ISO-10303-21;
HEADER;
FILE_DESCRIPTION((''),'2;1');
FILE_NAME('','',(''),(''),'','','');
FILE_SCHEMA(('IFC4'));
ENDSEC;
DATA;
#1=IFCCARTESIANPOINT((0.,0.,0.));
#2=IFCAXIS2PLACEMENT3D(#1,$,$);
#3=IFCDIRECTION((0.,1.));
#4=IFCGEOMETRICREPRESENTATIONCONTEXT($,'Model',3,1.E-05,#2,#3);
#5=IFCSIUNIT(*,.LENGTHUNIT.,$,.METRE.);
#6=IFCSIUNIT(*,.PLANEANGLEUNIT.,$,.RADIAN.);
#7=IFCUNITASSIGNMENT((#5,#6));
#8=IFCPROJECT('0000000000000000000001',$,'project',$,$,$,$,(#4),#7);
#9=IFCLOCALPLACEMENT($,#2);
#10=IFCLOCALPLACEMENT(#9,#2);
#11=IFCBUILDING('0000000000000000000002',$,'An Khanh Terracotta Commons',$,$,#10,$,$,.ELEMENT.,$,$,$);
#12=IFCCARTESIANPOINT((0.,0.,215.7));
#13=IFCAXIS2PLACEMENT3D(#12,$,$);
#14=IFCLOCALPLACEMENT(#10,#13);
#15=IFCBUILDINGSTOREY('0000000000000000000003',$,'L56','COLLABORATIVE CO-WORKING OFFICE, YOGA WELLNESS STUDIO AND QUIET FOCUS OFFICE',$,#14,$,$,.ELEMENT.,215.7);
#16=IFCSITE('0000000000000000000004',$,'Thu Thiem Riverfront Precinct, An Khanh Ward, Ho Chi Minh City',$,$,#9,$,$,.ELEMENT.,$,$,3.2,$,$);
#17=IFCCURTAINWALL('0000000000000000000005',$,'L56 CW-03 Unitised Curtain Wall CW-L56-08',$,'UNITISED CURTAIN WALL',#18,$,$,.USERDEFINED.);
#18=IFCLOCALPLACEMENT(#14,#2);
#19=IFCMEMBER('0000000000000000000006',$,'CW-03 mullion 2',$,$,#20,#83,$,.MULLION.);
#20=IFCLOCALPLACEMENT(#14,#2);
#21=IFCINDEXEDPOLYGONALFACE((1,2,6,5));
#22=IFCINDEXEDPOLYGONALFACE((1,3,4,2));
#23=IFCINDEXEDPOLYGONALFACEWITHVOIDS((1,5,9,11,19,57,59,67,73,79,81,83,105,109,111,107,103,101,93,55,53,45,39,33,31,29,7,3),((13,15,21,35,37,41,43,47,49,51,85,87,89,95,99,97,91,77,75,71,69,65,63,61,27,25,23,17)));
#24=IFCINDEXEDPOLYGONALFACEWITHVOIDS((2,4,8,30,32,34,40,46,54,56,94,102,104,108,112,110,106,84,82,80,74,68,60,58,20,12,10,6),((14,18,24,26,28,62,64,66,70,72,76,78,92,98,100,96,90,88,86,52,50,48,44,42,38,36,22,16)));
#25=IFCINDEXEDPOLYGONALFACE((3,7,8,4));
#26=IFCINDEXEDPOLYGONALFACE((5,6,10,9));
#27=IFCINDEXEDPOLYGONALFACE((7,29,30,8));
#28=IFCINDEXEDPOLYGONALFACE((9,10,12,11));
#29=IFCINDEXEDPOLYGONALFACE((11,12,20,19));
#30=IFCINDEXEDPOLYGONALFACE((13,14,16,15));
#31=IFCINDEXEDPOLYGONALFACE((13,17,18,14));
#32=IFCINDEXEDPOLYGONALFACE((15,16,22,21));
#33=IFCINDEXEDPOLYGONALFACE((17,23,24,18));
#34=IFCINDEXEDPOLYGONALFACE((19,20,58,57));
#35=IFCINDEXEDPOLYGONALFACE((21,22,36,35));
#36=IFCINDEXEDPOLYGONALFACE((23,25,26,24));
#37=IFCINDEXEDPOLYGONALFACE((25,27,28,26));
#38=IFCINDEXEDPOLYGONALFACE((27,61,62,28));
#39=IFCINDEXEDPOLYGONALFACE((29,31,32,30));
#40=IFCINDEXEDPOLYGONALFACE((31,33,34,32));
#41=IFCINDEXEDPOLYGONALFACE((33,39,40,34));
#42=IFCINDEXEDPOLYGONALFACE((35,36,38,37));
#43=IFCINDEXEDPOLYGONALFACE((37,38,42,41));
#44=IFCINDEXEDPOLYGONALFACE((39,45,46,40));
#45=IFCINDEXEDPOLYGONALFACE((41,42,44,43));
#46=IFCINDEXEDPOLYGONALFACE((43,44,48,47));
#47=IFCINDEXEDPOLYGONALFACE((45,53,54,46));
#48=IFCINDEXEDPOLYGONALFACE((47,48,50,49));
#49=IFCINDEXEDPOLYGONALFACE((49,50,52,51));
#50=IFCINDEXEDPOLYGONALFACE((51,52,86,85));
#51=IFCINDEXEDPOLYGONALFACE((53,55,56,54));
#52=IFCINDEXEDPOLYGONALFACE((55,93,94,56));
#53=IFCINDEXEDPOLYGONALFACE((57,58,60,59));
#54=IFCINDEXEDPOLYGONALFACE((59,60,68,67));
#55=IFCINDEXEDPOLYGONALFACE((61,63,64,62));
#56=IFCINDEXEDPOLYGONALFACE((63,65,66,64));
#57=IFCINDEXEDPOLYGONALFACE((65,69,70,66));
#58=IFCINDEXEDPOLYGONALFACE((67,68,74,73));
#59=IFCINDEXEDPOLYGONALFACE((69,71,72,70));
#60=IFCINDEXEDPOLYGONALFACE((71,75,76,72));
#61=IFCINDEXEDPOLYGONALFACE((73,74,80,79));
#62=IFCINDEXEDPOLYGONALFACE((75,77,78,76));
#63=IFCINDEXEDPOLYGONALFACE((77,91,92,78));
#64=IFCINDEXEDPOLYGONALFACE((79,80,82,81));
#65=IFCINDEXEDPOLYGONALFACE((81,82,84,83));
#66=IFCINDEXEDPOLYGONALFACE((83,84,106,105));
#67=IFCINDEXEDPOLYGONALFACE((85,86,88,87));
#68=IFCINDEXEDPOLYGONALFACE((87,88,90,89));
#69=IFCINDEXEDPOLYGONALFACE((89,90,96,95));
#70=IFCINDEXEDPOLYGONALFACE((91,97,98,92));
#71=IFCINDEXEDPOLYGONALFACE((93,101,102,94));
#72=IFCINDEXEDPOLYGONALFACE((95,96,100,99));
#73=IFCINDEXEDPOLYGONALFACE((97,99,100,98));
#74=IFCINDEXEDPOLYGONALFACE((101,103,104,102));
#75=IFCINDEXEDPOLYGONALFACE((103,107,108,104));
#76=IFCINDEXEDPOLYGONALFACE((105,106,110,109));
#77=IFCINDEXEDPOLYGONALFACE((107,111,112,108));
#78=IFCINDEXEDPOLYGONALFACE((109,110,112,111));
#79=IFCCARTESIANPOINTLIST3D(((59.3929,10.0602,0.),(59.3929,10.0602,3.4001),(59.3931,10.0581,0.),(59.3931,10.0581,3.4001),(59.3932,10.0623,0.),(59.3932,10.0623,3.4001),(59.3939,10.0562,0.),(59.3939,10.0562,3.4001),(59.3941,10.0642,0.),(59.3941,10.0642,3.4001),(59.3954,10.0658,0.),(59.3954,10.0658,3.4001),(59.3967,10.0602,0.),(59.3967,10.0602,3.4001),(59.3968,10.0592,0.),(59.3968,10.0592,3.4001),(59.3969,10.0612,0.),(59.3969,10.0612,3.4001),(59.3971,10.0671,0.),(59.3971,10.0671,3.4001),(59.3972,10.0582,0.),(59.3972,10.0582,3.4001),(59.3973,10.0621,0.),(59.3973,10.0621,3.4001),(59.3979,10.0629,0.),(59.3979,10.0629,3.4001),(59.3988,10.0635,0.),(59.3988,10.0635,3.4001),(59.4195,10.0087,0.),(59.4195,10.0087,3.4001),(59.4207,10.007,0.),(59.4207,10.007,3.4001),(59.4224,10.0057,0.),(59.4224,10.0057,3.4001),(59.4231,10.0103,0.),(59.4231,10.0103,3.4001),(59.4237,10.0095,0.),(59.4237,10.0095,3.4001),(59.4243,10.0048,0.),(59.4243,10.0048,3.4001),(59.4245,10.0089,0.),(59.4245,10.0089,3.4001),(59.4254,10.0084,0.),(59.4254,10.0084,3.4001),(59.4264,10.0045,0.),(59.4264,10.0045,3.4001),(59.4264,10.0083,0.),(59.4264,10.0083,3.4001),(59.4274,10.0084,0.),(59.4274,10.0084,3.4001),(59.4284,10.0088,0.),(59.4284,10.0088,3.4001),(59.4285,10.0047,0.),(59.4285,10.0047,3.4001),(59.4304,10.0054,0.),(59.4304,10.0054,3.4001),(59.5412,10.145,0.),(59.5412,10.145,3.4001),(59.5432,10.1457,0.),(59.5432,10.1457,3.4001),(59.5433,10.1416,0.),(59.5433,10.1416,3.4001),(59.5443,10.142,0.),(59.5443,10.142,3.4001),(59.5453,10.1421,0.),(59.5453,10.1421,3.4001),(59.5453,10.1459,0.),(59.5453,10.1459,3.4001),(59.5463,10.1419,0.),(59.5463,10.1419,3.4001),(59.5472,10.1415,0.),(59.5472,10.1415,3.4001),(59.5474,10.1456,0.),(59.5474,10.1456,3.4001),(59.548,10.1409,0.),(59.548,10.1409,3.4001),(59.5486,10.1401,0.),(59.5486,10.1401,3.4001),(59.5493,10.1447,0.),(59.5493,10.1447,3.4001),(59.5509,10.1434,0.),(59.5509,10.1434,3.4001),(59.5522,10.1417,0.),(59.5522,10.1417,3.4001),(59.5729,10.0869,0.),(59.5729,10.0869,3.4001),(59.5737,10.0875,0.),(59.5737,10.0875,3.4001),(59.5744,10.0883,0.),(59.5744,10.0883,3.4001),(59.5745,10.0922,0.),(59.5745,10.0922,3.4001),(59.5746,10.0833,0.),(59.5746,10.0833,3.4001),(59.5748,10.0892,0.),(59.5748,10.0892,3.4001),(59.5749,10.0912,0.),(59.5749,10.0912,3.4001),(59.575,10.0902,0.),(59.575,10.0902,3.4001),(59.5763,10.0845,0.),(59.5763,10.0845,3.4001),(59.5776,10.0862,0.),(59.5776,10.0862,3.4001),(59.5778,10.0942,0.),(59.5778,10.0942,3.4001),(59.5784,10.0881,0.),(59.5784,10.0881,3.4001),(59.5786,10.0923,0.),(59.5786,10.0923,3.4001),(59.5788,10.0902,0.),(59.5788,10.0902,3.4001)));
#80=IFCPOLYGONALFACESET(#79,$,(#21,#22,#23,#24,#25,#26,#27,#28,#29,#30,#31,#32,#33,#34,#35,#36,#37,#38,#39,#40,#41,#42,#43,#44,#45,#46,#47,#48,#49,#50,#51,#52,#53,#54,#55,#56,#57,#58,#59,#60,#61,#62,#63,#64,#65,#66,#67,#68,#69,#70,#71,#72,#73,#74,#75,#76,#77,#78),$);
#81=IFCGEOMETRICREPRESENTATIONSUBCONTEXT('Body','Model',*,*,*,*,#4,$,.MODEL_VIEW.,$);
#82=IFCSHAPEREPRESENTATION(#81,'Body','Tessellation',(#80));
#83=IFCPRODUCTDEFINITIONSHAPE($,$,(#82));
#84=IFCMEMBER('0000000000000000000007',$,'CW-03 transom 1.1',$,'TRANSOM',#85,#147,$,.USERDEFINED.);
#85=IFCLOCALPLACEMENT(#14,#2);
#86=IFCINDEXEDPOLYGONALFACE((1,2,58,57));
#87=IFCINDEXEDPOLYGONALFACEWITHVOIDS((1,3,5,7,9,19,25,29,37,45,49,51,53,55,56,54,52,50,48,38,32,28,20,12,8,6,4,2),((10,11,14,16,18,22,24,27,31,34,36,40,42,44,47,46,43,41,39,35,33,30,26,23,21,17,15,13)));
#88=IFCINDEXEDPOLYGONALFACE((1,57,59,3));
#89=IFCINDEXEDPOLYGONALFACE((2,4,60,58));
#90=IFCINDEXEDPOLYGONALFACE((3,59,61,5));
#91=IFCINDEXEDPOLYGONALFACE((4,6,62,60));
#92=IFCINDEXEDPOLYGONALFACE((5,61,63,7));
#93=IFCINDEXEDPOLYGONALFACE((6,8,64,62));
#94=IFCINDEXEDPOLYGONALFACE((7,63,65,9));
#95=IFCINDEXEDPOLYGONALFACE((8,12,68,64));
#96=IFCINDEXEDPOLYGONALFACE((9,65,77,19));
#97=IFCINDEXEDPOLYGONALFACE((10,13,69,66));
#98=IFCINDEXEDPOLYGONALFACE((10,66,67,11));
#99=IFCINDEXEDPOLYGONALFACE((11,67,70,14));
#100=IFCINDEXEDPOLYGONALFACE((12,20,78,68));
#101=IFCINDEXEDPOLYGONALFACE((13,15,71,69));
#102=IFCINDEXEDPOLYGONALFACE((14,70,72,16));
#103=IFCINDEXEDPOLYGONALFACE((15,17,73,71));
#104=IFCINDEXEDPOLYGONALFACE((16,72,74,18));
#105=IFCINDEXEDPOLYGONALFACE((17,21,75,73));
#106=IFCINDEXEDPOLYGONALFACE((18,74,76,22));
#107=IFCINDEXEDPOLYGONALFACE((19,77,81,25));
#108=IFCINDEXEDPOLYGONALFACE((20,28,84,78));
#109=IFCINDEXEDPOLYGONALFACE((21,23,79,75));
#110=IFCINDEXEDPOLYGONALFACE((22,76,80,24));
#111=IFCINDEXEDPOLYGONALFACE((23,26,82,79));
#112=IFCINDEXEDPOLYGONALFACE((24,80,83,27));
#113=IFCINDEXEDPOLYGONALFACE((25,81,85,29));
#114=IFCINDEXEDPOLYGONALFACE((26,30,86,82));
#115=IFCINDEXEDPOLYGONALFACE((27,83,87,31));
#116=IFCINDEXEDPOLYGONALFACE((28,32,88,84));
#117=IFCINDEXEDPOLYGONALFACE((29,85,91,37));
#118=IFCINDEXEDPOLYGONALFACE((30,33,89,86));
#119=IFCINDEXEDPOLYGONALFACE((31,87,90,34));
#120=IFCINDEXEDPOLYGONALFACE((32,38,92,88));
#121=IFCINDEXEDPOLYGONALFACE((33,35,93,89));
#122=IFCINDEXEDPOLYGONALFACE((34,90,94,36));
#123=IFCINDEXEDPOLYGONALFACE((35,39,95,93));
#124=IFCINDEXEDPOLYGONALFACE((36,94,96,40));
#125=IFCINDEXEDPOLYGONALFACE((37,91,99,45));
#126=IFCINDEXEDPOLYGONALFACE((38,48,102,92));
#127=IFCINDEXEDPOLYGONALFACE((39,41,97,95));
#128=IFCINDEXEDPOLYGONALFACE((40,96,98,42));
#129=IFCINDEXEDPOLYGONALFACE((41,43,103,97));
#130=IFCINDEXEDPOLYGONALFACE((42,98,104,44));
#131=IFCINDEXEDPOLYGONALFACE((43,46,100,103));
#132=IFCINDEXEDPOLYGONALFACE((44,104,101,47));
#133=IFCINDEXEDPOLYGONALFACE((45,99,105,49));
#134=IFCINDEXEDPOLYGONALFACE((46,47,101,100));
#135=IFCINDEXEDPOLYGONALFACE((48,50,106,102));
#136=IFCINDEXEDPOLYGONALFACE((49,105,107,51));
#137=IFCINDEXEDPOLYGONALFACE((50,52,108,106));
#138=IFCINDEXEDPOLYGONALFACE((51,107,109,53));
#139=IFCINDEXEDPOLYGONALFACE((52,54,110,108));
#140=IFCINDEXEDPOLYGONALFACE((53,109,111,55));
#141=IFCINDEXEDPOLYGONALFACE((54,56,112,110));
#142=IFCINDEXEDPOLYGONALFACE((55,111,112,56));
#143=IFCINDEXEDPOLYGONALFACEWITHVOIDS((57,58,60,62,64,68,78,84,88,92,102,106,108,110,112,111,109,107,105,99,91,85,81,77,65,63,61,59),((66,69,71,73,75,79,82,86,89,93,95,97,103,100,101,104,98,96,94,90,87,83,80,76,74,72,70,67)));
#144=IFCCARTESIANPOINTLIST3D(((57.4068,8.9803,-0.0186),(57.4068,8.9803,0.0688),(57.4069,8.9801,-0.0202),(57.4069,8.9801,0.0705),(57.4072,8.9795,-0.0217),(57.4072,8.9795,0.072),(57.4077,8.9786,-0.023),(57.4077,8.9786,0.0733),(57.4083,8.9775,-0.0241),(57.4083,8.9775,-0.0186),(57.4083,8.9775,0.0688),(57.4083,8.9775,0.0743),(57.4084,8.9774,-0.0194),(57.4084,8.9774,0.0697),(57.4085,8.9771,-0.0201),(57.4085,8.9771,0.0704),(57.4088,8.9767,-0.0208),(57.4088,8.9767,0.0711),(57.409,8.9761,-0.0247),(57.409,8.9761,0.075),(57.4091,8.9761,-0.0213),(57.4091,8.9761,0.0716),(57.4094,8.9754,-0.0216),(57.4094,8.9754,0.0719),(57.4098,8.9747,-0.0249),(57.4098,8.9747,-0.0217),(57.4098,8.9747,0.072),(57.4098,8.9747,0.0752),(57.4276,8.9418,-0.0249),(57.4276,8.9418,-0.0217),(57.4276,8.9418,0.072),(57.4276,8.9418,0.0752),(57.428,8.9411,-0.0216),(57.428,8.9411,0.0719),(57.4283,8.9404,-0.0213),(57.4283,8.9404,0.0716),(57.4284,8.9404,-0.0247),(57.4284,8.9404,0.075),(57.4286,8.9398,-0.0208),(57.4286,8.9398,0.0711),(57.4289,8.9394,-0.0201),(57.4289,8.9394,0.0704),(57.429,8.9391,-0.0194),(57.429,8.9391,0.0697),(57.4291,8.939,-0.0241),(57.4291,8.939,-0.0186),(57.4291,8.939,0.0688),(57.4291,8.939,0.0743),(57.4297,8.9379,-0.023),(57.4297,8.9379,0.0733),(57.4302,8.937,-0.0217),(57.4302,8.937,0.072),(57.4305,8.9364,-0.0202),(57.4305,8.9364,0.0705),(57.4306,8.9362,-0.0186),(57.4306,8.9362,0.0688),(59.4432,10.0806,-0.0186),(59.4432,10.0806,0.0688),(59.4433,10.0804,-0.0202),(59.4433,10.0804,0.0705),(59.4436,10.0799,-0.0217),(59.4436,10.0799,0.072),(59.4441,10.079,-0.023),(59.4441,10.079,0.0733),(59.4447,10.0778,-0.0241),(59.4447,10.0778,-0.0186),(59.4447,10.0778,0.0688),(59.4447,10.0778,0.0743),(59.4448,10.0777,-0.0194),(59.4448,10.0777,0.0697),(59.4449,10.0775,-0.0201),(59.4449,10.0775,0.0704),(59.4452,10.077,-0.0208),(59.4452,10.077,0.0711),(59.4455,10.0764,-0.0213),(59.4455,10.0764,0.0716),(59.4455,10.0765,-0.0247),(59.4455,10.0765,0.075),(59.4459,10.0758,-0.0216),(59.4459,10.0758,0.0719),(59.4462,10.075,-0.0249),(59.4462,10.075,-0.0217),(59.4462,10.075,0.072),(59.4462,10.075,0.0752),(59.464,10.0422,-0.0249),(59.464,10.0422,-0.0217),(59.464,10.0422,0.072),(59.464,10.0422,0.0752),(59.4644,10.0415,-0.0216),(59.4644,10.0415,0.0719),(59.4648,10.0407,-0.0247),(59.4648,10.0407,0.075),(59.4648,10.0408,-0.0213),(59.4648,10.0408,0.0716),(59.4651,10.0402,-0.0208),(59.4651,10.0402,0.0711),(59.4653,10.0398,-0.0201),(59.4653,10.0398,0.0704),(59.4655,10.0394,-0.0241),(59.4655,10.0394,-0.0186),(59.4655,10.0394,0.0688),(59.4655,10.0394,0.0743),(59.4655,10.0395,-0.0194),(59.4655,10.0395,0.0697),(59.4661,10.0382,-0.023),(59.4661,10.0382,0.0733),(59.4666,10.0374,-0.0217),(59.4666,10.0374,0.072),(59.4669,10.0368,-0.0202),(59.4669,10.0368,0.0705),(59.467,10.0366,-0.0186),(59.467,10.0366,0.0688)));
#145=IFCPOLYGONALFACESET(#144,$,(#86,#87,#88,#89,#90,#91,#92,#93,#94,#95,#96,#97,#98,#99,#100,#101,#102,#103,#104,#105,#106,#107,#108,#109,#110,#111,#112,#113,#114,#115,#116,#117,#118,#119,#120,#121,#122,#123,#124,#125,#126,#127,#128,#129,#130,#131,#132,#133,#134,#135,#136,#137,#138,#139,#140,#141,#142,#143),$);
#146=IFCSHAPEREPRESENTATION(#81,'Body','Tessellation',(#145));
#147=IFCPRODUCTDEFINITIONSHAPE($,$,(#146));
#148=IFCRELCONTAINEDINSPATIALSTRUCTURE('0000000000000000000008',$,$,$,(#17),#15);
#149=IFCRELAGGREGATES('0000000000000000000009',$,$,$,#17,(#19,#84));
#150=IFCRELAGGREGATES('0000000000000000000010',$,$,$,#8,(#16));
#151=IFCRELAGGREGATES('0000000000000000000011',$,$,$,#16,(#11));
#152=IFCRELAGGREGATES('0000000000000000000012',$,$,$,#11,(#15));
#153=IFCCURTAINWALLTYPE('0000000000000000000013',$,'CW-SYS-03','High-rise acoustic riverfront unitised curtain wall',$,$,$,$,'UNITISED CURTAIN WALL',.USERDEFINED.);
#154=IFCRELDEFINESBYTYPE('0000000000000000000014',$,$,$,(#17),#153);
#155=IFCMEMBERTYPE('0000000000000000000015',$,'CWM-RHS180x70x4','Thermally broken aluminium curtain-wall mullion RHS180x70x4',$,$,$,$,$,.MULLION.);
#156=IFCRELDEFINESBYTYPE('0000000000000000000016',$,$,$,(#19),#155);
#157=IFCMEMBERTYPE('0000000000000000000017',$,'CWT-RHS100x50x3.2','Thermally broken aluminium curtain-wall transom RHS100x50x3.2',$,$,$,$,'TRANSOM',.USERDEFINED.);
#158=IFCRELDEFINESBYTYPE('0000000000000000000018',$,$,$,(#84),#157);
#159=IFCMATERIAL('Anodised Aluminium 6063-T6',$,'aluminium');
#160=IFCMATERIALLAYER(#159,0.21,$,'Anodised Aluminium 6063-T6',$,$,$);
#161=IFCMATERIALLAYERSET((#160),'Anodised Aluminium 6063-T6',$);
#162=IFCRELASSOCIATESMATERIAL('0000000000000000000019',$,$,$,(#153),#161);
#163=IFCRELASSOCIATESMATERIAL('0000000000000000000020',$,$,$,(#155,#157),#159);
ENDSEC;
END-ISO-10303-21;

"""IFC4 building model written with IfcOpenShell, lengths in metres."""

from ifc_helpers import new_model, si_unit, direction, frame, origin, origin_2d, place, context, subcontext, project, spatial, hollow_rectangle, extrude, material, layer, layer_set, material_profile, profile_set, type_object, element, aggregate, save


model = new_model("IFC4")

# Units and contexts
model_context = context("Model", 3, precision=1e-05, world=origin(), true_north=direction((0.0, 1.0)))
body_context = subcontext(model_context, "Body", "Model", "MODEL_VIEW")
ifc_project = project(units=[si_unit("LENGTHUNIT", "METRE"), si_unit("PLANEANGLEUNIT", "RADIAN")], contexts=[model_context])

# Site, building, storey
site_placement = place(None, origin())
site = spatial("IfcSite", under=ifc_project, at=site_placement, Name="Thu Thiem Riverfront Precinct, An Khanh Ward, Ho Chi Minh City", CompositionType="ELEMENT", RefElevation=3.2)
building_placement = place(site_placement, origin())
building = spatial("IfcBuilding", under=site, at=building_placement, Name="An Khanh Terracotta Commons", CompositionType="ELEMENT")
storey_placement = place(building_placement, frame((0.0, 0.0, 215.7)))
storey = spatial("IfcBuildingStorey", under=building, at=storey_placement, Name="L56", Description="COLLABORATIVE CO-WORKING OFFICE, YOGA WELLNESS STUDIO AND QUIET FOCUS OFFICE", CompositionType="ELEMENT", Elevation=215.7)

# Curtain wall, members
ifc_material_1 = material(Name="Anodised Aluminium 6063-T6", Category="aluminium")
ifc_layer_1 = layer(ifc_material_1, 0.21, Name="Anodised Aluminium 6063-T6")
ifc_layer_set_1 = layer_set([ifc_layer_1], Name="Anodised Aluminium 6063-T6")
curtain_wall_type = type_object("IfcCurtainWallType", Name="CW-SYS-03", Description="High-rise acoustic riverfront unitised curtain wall", ElementType="UNITISED CURTAIN WALL", PredefinedType="USERDEFINED", material=ifc_layer_set_1)
curtain_wall_placement = place(storey_placement, origin())
curtain_wall = element("IfcCurtainWall", 1, at=curtain_wall_placement, inside=storey, type_object=curtain_wall_type, Name="L56 CW-03 Unitised Curtain Wall CW-L56-08", ObjectType="UNITISED CURTAIN WALL", PredefinedType="USERDEFINED")
ifc_material_profile_1 = material_profile(ifc_material_1, hollow_rectangle(XDim=0.0701, YDim=0.1799, WallThickness=0.0039, InnerFilletRadius=0.0039, OuterFilletRadius=0.0081, at=origin_2d()), Name="RHS180x70x4")
ifc_profile_set_1 = profile_set([ifc_material_profile_1], Name="Anodised Aluminium 6063-T6")
member_type_1 = type_object("IfcMemberType", Name="CWM-RHS180x70x4", Description="Thermally broken aluminium curtain-wall mullion RHS180x70x4", PredefinedType="MULLION", material=ifc_profile_set_1)
member_1_placement = place(storey_placement, frame((59.4858, 10.0752, 0.0), z_axis=(0.0, 0.0, 1.0), x_axis=(-0.475381, 0.87978, 0.0)))
member_1 = element("IfcMember", 2, at=member_1_placement, type_object=member_type_1, Name="CW-03 mullion 2", PredefinedType="MULLION", context=body_context, shape_type="SweptSolid", body=[
    extrude(hollow_rectangle(XDim=0.0701, YDim=0.1799, WallThickness=0.0039, InnerFilletRadius=0.0039, OuterFilletRadius=0.0081, at=origin_2d()), origin(), (0.0, 0.0, 1.0), 3.4001),
])
ifc_material_profile_2 = material_profile(ifc_material_1, hollow_rectangle(XDim=0.05, YDim=0.1001, WallThickness=0.0032, InnerFilletRadius=0.0032, OuterFilletRadius=0.0063, at=origin_2d()), Name="RHS100x50x3.2")
ifc_profile_set_2 = profile_set([ifc_material_profile_2], Name="Anodised Aluminium 6063-T6")
member_type_2 = type_object("IfcMemberType", Name="CWT-RHS100x50x3.2", Description="Thermally broken aluminium curtain-wall transom RHS100x50x3.2", ElementType="TRANSOM", PredefinedType="USERDEFINED", material=ifc_profile_set_2)
member_2_placement = place(storey_placement, frame((57.4187, 8.9583, 0.0251), z_axis=(0.879779, 0.475382, 0.0), x_axis=(-0.475382, 0.879779, 0.0)))
member_2 = element("IfcMember", 3, at=member_2_placement, type_object=member_type_2, Name="CW-03 transom 1.1", ObjectType="TRANSOM", PredefinedType="USERDEFINED", context=body_context, shape_type="SweptSolid", body=[
    extrude(hollow_rectangle(XDim=0.05, YDim=0.1001, WallThickness=0.0032, InnerFilletRadius=0.0032, OuterFilletRadius=0.0063, at=origin_2d()), origin(), (0.0, 0.0, 1.0), 2.3147),
])
aggregate(curtain_wall, [member_1, member_2])

save(model, "model.ifc")
